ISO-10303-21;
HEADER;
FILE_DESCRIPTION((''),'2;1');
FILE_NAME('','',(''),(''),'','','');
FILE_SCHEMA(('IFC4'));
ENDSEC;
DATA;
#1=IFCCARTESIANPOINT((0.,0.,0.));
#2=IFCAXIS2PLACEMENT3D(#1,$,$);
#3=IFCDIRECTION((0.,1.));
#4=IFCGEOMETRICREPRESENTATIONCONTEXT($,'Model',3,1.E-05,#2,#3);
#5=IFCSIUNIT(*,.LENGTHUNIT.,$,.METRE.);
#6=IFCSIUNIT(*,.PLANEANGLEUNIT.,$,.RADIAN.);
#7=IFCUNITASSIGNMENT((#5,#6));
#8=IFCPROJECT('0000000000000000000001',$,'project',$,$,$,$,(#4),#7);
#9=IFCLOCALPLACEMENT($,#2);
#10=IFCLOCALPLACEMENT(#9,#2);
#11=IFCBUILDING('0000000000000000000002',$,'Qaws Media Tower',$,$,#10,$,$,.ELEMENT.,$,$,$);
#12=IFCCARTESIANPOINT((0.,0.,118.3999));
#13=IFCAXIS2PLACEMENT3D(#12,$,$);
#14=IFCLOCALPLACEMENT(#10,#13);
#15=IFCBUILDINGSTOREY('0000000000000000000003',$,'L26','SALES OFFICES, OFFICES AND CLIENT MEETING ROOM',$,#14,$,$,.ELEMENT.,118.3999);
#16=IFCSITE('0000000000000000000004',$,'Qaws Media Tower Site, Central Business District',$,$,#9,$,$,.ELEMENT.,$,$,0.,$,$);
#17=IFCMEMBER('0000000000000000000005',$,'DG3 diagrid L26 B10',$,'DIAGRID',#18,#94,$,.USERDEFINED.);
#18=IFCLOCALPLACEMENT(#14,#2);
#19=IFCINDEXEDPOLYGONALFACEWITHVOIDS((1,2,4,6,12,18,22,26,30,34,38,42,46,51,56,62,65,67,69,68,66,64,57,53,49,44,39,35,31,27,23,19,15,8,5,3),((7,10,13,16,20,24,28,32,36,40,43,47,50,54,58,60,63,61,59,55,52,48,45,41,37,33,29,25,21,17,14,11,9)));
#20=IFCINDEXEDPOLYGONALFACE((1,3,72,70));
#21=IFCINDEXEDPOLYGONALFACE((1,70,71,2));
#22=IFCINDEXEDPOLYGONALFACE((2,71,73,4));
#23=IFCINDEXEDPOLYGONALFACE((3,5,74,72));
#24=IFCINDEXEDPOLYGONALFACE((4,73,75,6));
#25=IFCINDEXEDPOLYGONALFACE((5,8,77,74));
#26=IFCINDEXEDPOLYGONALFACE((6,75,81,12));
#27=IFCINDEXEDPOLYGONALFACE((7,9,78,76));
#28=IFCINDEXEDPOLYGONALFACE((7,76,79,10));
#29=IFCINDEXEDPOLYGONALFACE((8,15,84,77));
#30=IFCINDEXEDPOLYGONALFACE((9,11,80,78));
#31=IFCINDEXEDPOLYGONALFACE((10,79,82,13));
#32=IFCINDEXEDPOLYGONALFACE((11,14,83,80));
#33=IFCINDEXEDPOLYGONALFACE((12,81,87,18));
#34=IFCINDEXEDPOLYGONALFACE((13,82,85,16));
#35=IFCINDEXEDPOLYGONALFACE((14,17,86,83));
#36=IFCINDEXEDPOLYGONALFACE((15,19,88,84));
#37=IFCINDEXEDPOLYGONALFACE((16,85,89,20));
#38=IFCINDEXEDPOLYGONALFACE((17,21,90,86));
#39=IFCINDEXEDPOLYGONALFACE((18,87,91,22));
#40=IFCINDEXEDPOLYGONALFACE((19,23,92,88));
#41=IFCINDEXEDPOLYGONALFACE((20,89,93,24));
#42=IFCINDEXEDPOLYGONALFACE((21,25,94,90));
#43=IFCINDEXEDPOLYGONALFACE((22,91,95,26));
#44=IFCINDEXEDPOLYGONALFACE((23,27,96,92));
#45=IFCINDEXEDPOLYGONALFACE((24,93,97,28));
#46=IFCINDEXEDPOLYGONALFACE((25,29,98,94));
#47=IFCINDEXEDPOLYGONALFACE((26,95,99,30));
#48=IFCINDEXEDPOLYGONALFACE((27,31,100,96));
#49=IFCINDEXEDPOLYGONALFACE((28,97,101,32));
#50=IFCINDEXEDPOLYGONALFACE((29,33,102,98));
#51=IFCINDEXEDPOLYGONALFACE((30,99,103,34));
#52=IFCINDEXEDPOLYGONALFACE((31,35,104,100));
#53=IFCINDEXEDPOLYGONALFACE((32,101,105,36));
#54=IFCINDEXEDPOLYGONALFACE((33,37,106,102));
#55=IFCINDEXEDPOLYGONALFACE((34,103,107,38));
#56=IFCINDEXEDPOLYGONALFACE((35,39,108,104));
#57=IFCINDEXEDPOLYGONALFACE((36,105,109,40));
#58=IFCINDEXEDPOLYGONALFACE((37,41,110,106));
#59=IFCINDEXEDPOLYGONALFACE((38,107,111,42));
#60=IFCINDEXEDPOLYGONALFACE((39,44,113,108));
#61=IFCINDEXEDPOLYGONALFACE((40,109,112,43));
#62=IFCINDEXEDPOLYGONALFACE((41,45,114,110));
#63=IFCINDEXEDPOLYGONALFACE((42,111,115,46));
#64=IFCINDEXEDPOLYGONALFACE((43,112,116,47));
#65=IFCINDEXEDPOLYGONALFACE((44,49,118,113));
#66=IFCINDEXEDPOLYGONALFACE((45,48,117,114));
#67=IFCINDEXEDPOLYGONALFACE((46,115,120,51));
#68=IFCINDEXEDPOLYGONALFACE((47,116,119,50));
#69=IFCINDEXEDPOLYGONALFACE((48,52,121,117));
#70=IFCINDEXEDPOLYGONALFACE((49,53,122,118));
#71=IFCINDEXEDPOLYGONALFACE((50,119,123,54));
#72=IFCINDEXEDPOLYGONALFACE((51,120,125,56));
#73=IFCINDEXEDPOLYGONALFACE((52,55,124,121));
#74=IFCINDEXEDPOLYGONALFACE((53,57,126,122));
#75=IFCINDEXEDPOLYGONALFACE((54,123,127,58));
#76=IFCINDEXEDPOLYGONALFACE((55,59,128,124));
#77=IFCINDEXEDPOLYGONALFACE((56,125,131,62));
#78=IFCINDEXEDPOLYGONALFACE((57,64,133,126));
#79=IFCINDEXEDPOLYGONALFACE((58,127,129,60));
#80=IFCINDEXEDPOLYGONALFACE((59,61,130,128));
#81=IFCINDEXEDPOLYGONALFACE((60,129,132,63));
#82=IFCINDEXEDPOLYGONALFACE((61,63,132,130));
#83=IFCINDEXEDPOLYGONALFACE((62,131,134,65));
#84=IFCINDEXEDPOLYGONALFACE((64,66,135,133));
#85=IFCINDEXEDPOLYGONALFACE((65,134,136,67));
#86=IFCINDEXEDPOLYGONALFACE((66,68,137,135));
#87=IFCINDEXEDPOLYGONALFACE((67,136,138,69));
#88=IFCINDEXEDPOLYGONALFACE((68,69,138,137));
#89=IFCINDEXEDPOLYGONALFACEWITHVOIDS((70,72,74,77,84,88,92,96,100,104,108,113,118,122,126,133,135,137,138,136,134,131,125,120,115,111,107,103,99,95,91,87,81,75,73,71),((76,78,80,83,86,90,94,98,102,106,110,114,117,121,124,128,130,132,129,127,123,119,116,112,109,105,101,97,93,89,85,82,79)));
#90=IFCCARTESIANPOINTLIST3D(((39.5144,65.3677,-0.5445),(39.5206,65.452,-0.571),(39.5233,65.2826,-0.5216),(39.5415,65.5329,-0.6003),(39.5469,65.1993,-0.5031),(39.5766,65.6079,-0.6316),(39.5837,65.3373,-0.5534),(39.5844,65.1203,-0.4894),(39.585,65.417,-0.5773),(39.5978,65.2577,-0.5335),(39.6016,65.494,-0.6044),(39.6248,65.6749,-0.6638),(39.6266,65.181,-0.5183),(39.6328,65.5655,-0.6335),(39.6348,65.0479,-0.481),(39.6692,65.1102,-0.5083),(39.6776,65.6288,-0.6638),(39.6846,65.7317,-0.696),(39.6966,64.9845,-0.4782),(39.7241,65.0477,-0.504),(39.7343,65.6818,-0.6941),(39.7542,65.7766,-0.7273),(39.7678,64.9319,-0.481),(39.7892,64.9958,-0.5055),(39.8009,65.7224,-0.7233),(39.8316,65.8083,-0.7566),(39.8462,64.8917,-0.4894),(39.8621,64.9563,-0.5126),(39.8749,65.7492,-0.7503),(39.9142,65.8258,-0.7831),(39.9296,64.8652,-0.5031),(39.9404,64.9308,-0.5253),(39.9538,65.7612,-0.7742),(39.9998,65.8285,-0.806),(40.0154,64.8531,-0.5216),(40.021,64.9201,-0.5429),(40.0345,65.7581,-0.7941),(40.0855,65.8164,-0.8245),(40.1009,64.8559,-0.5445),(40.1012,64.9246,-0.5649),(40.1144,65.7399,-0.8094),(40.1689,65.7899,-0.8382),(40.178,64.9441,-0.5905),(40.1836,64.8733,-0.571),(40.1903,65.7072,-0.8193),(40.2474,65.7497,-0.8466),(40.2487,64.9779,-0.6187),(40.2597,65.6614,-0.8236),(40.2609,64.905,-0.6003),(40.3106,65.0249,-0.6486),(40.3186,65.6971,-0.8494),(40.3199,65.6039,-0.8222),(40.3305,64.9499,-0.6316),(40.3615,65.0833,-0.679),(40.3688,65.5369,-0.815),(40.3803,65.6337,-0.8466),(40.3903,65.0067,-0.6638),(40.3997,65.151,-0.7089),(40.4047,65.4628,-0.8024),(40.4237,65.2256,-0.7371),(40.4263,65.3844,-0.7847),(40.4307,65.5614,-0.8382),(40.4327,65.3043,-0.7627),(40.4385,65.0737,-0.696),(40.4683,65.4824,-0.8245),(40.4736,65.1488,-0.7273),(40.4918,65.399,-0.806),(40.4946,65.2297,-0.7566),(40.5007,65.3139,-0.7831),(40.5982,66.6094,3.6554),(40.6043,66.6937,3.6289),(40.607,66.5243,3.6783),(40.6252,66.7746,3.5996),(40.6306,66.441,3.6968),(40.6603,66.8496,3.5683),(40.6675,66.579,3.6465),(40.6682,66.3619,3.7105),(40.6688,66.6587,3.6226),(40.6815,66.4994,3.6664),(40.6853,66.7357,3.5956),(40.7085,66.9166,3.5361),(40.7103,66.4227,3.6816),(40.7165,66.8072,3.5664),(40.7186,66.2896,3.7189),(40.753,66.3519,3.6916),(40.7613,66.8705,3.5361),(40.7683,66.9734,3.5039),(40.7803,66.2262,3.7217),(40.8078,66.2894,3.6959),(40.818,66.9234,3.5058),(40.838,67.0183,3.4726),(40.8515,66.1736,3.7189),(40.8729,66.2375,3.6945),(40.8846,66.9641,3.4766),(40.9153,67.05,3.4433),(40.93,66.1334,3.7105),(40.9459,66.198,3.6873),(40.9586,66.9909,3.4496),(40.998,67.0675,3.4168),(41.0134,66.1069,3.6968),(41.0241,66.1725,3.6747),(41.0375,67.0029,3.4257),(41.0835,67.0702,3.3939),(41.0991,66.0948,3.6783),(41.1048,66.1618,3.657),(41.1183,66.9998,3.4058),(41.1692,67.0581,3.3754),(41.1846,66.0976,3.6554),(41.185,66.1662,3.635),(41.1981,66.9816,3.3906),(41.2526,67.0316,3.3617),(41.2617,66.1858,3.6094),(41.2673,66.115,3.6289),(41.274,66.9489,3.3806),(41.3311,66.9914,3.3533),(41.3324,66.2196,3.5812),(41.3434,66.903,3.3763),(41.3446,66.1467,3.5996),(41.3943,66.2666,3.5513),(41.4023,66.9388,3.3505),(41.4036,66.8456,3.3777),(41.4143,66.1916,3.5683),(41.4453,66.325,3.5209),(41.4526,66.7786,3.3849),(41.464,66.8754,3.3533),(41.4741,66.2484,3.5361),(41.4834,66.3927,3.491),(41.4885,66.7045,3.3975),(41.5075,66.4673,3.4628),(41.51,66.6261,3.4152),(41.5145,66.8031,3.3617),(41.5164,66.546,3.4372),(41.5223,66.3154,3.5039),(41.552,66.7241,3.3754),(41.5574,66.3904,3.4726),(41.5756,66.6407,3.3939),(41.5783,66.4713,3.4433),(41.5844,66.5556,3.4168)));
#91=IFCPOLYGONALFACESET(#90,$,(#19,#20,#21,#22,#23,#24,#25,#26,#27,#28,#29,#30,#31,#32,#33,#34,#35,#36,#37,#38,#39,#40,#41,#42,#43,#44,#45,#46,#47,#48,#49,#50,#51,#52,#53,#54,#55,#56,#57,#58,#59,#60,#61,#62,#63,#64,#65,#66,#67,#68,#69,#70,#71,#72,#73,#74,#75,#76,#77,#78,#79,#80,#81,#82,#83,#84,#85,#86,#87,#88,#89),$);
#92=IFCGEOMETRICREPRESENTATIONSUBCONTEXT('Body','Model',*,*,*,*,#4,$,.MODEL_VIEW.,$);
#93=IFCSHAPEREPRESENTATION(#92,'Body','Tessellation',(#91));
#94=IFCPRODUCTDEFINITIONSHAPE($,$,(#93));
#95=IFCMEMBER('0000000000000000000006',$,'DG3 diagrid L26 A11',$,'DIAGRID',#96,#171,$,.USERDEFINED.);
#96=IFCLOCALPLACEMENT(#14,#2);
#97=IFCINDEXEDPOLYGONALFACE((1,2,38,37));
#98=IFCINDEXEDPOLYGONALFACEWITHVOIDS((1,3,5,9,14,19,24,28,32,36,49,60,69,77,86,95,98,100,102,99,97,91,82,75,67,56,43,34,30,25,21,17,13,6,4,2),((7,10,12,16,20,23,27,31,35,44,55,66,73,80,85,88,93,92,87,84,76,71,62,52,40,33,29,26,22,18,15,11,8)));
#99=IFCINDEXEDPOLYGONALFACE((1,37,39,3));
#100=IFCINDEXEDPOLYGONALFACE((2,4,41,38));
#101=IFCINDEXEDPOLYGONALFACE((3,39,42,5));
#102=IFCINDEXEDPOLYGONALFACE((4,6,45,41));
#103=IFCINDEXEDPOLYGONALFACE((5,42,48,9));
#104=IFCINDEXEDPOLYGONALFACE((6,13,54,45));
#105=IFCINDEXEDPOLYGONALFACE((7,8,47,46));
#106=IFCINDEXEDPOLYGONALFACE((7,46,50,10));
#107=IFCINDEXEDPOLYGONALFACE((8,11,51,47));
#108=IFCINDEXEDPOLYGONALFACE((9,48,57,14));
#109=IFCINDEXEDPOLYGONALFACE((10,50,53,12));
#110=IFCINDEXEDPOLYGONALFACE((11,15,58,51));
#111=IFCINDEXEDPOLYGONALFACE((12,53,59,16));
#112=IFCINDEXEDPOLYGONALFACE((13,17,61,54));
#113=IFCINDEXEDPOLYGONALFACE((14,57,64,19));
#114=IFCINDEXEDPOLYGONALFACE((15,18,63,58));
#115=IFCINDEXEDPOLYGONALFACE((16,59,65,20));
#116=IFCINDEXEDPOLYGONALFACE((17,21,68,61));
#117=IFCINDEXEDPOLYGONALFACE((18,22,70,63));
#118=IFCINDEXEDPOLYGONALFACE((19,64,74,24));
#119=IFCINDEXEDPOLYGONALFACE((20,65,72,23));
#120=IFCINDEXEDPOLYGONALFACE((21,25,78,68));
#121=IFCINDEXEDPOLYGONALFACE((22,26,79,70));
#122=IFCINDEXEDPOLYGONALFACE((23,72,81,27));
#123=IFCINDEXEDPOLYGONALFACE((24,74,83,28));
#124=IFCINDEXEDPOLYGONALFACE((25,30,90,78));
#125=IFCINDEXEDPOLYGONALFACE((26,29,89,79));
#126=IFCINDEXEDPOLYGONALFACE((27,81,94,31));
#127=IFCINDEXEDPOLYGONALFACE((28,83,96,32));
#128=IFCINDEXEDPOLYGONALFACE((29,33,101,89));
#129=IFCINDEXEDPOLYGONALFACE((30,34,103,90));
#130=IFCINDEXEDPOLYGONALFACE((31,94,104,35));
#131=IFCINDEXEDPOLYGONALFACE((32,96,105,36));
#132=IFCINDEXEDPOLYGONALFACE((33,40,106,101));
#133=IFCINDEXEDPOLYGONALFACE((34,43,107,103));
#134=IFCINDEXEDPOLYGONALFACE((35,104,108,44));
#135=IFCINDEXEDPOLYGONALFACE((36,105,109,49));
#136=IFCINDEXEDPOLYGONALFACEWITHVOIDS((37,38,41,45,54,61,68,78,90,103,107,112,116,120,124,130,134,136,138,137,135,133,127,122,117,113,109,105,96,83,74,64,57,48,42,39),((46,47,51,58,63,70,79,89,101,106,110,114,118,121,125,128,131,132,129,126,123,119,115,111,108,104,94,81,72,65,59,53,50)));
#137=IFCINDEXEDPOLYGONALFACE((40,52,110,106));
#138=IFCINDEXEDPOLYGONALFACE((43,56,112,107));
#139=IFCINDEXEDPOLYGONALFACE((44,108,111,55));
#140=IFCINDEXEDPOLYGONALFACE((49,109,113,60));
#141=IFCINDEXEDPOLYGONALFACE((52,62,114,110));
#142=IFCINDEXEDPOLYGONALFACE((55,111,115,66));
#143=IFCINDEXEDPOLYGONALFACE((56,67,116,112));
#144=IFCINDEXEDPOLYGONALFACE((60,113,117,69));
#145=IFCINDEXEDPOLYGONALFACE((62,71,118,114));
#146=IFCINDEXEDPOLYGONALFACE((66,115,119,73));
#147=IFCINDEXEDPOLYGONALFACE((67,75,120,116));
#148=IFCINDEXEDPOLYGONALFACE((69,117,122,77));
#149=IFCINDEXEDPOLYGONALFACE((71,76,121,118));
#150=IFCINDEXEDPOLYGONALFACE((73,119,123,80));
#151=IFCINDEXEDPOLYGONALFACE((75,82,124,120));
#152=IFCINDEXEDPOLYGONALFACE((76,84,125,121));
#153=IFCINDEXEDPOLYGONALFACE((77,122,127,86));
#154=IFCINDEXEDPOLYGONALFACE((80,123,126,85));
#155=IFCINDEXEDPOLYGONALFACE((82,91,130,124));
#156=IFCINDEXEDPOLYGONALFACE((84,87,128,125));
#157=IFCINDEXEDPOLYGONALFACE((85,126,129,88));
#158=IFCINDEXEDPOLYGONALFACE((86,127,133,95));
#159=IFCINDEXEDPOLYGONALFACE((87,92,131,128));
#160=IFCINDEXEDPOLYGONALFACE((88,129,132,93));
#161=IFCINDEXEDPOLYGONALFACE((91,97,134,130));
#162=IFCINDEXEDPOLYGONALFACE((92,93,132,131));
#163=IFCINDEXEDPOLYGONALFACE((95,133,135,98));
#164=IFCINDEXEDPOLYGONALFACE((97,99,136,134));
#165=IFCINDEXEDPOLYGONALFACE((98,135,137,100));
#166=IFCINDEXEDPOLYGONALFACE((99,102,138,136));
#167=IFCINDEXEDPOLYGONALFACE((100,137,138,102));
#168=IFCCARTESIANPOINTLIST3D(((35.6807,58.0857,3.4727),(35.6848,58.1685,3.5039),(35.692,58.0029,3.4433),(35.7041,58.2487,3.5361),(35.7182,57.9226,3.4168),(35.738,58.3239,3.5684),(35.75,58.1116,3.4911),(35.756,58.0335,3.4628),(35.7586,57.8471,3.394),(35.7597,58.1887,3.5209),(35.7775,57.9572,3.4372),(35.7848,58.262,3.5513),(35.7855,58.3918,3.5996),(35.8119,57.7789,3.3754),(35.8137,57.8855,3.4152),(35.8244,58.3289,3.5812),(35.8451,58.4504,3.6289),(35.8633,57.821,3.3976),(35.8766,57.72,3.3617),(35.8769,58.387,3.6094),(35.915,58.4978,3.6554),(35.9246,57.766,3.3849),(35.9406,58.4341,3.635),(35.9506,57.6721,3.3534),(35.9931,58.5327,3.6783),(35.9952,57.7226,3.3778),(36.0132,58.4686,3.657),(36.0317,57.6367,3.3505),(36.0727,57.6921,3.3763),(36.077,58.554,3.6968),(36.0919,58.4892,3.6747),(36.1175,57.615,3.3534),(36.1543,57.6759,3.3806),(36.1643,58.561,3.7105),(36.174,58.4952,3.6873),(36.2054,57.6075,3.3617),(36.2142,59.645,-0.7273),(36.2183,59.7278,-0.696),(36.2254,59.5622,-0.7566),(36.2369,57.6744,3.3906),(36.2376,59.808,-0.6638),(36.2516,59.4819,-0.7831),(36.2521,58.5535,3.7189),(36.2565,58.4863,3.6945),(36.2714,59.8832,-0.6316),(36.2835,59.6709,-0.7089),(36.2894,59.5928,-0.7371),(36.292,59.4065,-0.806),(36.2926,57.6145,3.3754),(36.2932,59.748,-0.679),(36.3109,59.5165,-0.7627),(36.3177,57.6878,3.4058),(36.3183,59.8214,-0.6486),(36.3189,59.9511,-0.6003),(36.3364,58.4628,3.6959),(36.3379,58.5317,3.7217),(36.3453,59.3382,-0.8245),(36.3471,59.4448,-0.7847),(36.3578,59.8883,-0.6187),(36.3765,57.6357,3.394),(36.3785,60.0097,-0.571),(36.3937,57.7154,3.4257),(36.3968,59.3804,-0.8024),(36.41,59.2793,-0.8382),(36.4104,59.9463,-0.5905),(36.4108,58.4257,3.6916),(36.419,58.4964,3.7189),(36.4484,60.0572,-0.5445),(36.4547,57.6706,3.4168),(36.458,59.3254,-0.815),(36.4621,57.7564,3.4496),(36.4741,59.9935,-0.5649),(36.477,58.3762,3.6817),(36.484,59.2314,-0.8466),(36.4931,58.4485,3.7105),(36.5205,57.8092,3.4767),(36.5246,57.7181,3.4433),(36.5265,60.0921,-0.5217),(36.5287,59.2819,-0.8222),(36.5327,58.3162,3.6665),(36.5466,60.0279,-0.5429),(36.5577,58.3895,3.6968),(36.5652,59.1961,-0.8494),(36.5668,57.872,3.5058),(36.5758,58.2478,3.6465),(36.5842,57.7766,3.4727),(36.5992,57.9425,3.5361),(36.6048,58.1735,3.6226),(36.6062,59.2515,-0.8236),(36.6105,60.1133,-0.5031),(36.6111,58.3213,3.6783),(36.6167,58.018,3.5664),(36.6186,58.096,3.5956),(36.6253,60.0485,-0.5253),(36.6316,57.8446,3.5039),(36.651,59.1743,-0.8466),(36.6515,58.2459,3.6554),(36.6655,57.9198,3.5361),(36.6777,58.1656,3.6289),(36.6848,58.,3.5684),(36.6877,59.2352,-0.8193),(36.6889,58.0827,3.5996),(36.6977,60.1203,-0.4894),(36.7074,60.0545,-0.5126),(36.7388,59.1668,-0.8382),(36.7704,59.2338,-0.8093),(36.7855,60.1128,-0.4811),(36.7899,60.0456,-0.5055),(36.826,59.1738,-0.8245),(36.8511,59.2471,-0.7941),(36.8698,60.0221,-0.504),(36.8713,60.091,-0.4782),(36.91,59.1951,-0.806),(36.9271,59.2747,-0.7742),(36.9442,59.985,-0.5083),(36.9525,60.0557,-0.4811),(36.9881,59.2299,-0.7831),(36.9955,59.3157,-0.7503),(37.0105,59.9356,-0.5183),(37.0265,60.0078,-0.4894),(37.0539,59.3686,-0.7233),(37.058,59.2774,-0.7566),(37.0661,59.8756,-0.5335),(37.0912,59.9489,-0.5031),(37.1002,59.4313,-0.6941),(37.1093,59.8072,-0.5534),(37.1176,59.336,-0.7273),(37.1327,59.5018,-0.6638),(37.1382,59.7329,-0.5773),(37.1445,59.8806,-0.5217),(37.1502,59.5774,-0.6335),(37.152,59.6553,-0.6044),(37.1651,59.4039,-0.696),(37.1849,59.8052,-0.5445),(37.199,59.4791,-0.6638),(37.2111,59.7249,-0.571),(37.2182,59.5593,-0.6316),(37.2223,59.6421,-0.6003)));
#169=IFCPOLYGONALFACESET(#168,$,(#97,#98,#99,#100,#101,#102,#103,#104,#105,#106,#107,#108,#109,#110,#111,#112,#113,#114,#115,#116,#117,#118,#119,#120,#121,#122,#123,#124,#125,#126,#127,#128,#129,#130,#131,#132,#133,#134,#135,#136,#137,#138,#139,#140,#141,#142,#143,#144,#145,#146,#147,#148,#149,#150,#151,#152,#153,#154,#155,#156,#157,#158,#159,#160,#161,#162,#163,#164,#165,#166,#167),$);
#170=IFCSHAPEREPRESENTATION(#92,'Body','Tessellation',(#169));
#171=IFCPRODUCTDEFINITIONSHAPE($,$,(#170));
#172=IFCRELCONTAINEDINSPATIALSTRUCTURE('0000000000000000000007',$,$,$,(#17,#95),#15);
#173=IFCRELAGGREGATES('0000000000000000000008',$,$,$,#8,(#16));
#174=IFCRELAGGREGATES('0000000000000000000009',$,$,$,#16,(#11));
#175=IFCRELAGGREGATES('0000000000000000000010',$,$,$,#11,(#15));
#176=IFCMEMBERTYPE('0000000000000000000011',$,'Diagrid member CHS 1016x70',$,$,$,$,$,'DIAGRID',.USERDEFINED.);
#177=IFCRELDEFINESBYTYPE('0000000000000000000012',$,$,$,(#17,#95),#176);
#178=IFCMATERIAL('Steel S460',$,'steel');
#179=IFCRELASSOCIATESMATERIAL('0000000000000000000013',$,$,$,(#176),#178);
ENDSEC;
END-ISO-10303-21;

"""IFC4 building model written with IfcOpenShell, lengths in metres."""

from ifc_helpers import new_model, si_unit, direction, frame, origin, origin_2d, place, context, subcontext, project, spatial, hollow_circle, extrude, material, material_profile, profile_set, type_object, element, save


model = new_model("IFC4")

# Units and contexts
model_context = context("Model", 3, precision=1e-05, world=origin(), true_north=direction((0.0, 1.0)))
body_context = subcontext(model_context, "Body", "Model", "MODEL_VIEW")
ifc_project = project(units=[si_unit("LENGTHUNIT", "METRE"), si_unit("PLANEANGLEUNIT", "RADIAN")], contexts=[model_context])

# Site, building, storey
site_placement = place(None, origin())
site = spatial("IfcSite", under=ifc_project, at=site_placement, Name="Qaws Media Tower Site, Central Business District", CompositionType="ELEMENT", RefElevation=0.0)
building_placement = place(site_placement, origin())
building = spatial("IfcBuilding", under=site, at=building_placement, Name="Qaws Media Tower", CompositionType="ELEMENT")
storey_placement = place(building_placement, frame((0.0, 0.0, 118.3999)))
storey = spatial("IfcBuildingStorey", under=building, at=storey_placement, Name="L26", Description="SALES OFFICES, OFFICES AND CLIENT MEETING ROOM", CompositionType="ELEMENT", Elevation=118.3999)

# Members
ifc_material_1 = material(Name="Steel S460", Category="steel")
ifc_material_profile_1 = material_profile(ifc_material_1, hollow_circle(Radius=0.5081, WallThickness=0.0701, at=origin_2d()), Name="CHS 1016x70")
ifc_profile_set_1 = profile_set([ifc_material_profile_1], Name="Steel S460")
member_type_1 = type_object("IfcMemberType", Name="Diagrid member CHS 1016x70", ElementType="DIAGRID", PredefinedType="USERDEFINED", material=ifc_profile_set_1)
for number, where, z_axis, x_axis, name in (
    (1, (40.0076, 65.3408, -0.6638), (0.240204, 0.275214, 0.930892), (-0.753402, 0.65756, 0.0), "DG3 diagrid L26 B10"),
    (2, (36.7183, 59.6436, -0.6638), (-0.118236, -0.345616, 0.930897), (0.946165, -0.323684, 0.0), "DG3 diagrid L26 A11"),
):
    element("IfcMember", number, at=place(storey_placement, frame(where, z_axis=z_axis, x_axis=x_axis)), inside=storey, type_object=member_type_1, Name=name, ObjectType="DIAGRID", PredefinedType="USERDEFINED", context=body_context, shape_type="SweptSolid", body=[
        extrude(hollow_circle(Radius=0.5081, WallThickness=0.0701, at=origin_2d()), origin(), (0.0, 0.0, 1.0), 4.5117),
    ])

save(model, "model.ifc")
